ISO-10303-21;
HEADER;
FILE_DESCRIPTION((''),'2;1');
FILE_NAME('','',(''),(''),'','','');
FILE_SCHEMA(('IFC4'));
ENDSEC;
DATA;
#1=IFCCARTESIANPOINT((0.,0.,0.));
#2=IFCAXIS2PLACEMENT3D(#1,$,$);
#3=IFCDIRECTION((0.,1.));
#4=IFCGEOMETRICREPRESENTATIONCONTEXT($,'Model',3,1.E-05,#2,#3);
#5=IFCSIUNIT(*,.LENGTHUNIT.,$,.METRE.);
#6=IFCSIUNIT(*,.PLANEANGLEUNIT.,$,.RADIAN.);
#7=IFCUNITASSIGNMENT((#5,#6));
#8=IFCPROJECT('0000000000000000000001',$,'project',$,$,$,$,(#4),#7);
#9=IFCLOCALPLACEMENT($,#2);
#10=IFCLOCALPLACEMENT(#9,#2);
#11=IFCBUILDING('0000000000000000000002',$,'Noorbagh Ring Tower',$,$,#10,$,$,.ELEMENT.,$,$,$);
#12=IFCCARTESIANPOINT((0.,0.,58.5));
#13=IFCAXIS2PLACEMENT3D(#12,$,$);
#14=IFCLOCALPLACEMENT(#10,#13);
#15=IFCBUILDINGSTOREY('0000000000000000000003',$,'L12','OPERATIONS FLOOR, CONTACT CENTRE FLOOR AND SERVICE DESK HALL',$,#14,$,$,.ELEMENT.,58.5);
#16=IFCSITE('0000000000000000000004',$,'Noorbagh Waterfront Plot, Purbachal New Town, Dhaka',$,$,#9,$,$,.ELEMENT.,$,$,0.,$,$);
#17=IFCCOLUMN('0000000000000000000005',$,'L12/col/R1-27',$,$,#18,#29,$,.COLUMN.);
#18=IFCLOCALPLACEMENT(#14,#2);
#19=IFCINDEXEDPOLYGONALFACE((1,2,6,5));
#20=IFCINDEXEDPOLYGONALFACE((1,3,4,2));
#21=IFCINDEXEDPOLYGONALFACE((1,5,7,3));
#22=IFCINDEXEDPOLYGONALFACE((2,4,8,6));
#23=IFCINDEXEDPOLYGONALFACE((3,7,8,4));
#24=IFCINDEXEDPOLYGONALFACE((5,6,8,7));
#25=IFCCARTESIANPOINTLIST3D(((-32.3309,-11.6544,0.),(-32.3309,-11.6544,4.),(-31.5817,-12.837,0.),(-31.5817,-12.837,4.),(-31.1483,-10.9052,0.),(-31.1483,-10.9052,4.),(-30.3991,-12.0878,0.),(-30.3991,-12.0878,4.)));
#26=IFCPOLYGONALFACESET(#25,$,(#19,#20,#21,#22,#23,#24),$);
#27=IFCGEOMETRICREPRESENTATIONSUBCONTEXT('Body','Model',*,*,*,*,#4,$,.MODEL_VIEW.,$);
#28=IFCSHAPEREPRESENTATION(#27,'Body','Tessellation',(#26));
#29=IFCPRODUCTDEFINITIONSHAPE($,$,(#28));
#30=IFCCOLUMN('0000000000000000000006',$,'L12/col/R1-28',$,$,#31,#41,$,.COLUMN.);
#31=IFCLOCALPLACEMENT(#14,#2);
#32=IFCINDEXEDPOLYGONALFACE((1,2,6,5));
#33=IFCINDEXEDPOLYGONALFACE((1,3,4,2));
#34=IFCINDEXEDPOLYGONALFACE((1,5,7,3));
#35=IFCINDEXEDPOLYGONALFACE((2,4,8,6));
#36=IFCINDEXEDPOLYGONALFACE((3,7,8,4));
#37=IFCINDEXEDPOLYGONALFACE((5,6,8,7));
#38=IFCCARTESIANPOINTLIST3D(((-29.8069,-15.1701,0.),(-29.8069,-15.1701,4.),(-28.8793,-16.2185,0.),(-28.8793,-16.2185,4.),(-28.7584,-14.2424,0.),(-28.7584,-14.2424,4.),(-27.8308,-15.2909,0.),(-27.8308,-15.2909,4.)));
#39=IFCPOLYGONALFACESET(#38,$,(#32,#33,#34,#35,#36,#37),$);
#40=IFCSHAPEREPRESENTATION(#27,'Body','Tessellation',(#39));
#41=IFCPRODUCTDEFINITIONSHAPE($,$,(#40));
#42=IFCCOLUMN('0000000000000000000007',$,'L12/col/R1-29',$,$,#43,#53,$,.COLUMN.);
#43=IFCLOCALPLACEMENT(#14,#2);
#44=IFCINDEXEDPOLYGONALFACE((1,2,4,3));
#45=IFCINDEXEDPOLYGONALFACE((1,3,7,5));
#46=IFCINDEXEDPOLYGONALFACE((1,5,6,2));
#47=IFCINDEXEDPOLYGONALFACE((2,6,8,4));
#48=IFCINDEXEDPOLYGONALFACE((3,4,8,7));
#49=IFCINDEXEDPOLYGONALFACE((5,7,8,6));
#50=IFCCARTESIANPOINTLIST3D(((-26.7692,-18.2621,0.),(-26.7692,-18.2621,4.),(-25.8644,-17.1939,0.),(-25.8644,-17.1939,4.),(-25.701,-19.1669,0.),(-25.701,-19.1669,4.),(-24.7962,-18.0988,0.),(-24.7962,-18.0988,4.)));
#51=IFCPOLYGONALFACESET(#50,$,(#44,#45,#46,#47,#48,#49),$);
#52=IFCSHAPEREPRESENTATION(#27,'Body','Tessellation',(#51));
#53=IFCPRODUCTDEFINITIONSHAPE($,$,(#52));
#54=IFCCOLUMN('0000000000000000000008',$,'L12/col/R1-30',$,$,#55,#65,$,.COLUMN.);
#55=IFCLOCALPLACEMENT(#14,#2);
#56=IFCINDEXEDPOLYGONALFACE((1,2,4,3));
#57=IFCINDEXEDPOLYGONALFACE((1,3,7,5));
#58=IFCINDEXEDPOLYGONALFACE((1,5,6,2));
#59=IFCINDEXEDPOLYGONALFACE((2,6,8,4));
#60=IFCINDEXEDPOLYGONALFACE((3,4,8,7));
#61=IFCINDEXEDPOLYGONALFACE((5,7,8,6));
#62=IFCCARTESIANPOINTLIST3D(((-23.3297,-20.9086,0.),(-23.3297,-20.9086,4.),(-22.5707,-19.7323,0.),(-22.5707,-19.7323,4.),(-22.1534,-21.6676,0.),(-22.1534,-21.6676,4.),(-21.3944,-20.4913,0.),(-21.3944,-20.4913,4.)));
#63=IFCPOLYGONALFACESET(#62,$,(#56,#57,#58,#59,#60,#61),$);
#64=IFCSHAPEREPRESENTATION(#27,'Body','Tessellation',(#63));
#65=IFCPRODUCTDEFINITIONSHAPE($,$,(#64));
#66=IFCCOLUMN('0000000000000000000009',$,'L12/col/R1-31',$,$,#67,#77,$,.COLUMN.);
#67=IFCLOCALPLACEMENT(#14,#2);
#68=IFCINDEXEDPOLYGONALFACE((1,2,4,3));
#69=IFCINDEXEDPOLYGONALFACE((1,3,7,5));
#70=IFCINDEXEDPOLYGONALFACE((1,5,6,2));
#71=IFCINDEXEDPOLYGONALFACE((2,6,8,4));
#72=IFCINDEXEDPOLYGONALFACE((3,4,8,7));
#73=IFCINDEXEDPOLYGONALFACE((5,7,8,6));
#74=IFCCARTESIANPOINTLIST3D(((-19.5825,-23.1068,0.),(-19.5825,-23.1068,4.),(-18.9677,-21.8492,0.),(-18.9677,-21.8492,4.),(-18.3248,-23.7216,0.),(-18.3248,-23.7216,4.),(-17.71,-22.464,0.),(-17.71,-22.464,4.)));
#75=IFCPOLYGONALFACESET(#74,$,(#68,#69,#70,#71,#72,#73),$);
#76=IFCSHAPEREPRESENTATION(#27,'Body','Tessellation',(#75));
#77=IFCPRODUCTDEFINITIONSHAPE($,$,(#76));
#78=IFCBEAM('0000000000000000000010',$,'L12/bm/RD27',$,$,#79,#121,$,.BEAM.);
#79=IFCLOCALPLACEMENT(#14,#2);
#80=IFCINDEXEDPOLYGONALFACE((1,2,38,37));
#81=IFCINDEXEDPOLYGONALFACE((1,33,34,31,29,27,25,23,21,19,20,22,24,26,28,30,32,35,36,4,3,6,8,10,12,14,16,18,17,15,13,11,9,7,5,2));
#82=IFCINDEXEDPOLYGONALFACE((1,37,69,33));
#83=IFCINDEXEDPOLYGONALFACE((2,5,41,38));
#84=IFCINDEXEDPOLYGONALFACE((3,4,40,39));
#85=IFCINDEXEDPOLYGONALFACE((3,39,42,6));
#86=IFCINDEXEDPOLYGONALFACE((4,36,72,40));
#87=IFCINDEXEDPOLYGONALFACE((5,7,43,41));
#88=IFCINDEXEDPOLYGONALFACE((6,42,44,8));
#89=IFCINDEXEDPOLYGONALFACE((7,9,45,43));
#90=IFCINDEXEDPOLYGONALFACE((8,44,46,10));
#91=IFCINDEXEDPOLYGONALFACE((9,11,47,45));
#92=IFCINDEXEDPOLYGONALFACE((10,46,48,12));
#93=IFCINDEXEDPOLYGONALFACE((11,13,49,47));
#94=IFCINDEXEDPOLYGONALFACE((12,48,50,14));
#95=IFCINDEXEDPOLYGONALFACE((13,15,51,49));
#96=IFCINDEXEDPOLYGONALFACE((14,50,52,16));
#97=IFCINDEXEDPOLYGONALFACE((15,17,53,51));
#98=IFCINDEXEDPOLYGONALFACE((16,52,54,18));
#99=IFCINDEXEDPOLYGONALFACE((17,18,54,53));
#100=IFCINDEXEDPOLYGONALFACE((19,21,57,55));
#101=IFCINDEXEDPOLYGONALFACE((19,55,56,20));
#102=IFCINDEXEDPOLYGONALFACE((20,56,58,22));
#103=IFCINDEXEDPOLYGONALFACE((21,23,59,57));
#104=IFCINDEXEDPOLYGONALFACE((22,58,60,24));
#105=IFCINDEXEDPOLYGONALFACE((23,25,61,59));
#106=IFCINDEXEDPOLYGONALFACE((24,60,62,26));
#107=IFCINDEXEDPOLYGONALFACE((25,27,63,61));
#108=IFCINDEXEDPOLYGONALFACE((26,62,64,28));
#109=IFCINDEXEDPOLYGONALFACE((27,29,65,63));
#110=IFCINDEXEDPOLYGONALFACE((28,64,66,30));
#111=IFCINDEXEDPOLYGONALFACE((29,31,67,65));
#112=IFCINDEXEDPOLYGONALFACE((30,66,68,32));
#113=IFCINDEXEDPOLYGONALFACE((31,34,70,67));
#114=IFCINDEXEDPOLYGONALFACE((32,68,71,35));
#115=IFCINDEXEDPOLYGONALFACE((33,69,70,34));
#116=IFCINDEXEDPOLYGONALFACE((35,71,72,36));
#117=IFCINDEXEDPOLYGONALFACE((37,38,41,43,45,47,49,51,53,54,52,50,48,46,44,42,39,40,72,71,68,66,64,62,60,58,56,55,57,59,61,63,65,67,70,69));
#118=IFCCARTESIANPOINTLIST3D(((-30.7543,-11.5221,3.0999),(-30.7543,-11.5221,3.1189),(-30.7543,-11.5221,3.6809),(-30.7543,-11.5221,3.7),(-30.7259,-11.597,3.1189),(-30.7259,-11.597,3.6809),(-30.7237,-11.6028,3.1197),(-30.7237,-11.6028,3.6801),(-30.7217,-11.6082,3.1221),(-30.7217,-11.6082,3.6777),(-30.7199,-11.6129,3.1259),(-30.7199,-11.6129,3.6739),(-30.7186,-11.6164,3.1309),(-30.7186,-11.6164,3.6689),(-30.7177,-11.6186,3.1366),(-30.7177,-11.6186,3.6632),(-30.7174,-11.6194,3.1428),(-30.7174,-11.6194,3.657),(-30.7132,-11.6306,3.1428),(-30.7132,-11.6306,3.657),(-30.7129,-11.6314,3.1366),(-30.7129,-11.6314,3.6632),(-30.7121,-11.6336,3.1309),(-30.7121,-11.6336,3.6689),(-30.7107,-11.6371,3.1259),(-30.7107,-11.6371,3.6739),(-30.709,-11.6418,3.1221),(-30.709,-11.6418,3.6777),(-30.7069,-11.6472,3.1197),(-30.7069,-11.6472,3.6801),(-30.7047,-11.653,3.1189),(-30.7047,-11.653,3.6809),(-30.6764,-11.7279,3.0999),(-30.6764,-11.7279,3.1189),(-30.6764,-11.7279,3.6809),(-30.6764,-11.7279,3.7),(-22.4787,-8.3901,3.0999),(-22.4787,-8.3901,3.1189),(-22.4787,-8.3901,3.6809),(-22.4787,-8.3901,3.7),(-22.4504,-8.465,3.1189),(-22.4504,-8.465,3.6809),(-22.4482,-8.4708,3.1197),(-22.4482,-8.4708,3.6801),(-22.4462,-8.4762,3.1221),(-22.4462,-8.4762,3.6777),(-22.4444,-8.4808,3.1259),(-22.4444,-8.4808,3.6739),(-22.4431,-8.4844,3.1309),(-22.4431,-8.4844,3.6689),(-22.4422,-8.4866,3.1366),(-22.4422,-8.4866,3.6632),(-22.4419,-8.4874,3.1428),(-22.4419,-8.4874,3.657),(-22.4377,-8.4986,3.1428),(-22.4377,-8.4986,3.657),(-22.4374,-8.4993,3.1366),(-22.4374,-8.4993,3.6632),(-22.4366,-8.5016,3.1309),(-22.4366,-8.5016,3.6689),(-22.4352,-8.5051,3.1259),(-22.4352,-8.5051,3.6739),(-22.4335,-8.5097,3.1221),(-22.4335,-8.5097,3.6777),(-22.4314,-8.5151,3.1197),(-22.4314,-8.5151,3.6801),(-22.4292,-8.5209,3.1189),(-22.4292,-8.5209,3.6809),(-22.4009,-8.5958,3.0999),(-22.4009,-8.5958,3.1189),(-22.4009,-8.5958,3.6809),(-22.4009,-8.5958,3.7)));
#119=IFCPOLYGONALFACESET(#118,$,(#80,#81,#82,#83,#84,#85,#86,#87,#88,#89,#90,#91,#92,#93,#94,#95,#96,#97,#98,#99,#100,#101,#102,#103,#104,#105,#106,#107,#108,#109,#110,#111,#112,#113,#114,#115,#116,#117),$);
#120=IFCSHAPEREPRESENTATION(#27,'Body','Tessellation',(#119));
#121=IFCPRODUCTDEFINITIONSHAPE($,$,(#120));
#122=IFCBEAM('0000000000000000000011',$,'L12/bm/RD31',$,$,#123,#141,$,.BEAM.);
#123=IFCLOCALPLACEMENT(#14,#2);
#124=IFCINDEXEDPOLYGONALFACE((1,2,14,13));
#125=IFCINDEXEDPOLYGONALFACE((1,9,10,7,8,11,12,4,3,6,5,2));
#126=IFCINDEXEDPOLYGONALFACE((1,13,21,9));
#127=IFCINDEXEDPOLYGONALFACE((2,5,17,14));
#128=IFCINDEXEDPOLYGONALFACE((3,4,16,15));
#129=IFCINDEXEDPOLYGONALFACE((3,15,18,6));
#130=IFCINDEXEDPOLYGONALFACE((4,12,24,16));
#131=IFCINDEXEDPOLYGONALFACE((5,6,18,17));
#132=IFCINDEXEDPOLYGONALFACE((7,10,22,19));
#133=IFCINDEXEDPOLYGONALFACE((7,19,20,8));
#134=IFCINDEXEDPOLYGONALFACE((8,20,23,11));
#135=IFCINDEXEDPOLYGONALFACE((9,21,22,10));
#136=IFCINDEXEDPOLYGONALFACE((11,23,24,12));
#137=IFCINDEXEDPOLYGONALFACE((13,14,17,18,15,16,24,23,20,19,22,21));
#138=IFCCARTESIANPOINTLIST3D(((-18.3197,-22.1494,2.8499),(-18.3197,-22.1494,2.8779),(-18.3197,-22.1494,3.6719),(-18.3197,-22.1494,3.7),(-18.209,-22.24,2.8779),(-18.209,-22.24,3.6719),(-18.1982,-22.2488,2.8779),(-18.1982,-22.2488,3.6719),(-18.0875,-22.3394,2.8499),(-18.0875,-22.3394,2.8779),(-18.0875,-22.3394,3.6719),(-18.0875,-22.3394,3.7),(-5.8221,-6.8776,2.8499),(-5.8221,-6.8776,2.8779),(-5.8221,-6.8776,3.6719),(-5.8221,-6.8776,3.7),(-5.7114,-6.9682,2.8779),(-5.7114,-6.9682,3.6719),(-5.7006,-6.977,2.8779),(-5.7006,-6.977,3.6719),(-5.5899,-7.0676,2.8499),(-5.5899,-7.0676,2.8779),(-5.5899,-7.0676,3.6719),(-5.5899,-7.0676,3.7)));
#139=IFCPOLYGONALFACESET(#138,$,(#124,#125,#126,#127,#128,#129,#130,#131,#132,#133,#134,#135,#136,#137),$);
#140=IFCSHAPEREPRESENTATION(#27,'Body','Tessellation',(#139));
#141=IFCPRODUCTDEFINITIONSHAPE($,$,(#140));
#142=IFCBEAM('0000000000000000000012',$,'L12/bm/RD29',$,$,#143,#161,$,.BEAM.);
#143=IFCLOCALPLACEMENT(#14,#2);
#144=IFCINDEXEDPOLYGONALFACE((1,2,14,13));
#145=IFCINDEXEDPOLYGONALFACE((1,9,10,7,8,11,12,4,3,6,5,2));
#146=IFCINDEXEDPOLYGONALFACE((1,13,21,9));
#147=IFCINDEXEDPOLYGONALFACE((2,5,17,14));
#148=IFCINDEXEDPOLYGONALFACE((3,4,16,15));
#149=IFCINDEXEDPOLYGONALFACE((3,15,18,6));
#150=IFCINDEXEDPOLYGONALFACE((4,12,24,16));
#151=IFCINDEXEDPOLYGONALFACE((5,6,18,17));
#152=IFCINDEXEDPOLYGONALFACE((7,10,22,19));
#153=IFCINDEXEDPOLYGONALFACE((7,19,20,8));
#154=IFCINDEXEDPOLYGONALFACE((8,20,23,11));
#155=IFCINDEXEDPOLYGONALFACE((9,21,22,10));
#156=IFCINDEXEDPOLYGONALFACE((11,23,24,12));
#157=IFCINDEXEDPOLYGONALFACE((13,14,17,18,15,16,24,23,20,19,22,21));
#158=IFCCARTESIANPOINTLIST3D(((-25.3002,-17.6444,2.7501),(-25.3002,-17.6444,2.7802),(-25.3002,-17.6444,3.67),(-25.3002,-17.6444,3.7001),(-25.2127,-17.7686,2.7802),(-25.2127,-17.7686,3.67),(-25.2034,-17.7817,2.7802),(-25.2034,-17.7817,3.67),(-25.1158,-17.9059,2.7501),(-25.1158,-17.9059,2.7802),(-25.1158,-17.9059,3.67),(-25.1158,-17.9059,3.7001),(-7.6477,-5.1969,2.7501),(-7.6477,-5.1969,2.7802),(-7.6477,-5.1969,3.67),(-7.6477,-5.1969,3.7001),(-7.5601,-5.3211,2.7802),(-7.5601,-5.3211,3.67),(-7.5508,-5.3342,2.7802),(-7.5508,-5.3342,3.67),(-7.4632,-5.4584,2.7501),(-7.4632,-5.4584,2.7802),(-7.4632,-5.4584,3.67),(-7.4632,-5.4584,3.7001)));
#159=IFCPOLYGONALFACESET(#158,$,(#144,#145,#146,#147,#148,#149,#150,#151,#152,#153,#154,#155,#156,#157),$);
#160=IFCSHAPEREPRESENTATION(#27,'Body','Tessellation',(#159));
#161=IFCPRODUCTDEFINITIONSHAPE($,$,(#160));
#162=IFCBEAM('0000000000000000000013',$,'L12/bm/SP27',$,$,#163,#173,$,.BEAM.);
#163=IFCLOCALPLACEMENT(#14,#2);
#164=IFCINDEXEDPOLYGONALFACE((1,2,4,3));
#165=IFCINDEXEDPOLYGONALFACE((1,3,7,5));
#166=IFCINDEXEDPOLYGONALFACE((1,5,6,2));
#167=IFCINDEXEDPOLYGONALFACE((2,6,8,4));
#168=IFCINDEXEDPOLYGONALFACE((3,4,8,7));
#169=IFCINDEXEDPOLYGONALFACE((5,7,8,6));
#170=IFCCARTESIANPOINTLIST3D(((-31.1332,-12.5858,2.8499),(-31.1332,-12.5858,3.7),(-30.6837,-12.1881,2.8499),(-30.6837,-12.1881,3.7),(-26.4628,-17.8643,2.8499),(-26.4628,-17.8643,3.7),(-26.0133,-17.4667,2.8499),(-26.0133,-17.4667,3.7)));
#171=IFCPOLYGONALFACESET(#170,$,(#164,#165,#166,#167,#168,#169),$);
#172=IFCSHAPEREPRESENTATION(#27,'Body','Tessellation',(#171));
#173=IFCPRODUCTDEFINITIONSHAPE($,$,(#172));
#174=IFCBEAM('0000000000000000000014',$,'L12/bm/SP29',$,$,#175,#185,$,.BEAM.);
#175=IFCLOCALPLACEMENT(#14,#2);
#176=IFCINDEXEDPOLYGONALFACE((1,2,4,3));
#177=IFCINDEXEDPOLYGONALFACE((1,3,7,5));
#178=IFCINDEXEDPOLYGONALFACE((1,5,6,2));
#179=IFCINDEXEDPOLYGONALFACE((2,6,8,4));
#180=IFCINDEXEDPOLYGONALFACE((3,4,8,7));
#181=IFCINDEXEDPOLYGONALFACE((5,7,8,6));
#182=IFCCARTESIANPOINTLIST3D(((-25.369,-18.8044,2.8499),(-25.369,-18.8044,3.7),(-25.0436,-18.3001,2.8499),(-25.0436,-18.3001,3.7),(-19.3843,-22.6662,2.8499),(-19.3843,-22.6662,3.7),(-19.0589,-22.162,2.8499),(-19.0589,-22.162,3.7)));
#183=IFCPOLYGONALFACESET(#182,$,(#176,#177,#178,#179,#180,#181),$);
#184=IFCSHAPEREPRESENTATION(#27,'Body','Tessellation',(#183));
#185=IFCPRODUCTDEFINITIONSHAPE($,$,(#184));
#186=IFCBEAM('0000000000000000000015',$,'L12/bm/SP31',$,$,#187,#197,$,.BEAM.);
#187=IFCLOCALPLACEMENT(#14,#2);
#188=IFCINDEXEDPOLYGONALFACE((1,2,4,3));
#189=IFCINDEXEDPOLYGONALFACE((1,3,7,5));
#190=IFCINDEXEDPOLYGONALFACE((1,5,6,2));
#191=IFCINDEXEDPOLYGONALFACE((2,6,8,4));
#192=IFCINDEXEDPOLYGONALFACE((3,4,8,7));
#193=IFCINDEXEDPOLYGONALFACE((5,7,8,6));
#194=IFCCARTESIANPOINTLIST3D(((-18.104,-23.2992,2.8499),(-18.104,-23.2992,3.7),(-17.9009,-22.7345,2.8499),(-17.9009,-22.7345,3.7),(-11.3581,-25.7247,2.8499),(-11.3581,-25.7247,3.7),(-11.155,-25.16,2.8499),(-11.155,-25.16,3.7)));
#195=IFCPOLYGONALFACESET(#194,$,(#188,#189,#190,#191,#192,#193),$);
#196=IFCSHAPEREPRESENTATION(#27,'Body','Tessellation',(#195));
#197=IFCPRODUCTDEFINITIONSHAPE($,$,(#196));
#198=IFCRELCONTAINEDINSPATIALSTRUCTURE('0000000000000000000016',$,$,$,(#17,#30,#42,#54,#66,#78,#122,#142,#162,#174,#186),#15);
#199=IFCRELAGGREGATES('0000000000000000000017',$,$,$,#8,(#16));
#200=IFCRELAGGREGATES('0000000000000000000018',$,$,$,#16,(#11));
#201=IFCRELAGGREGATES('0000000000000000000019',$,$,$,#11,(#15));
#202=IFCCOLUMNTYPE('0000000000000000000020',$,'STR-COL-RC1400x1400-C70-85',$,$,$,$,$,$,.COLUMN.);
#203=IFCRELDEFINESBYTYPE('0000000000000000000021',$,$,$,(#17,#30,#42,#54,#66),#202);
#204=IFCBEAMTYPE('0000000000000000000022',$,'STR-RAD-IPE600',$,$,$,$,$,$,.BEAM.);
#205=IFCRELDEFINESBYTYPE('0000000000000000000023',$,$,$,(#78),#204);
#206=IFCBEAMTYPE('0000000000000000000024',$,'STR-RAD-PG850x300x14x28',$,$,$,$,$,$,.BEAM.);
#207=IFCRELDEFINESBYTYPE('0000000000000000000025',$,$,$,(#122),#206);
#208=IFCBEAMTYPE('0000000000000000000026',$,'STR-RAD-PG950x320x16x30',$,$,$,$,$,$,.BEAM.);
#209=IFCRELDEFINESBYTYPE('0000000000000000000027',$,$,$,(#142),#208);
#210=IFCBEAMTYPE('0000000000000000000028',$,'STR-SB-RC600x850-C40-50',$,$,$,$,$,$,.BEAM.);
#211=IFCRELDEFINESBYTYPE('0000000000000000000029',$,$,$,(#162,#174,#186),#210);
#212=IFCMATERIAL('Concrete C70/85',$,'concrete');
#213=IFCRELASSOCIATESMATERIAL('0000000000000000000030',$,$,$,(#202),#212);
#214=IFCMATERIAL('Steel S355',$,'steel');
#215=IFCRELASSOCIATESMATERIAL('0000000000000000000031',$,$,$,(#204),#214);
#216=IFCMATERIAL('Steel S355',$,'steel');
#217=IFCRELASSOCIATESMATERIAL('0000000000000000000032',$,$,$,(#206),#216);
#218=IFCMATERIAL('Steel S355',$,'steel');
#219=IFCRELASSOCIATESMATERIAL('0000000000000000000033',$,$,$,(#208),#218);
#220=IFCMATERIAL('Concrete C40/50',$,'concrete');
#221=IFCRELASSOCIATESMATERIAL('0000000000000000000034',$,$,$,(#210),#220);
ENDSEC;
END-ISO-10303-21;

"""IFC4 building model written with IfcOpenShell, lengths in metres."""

from ifc_helpers import new_model, si_unit, direction, frame, origin, origin_2d, place, context, subcontext, project, spatial, rectangle, i_section, extrude, material, material_profile, profile_set, type_object, element, save


model = new_model("IFC4")

# Units and contexts
model_context = context("Model", 3, precision=1e-05, world=origin(), true_north=direction((0.0, 1.0)))
body_context = subcontext(model_context, "Body", "Model", "MODEL_VIEW")
ifc_project = project(units=[si_unit("LENGTHUNIT", "METRE"), si_unit("PLANEANGLEUNIT", "RADIAN")], contexts=[model_context])

# Site, building, storey
site_placement = place(None, origin())
site = spatial("IfcSite", under=ifc_project, at=site_placement, Name="Noorbagh Waterfront Plot, Purbachal New Town, Dhaka", CompositionType="ELEMENT", RefElevation=0.0)
building_placement = place(site_placement, origin())
building = spatial("IfcBuilding", under=site, at=building_placement, Name="Noorbagh Ring Tower", CompositionType="ELEMENT")
storey_placement = place(building_placement, frame((0.0, 0.0, 58.5)))
storey = spatial("IfcBuildingStorey", under=building, at=storey_placement, Name="L12", Description="OPERATIONS FLOOR, CONTACT CENTRE FLOOR AND SERVICE DESK HALL", CompositionType="ELEMENT", Elevation=58.5)

# Columns
ifc_material_1 = material(Name="Concrete C70/85", Category="concrete")
ifc_material_profile_1 = material_profile(ifc_material_1, rectangle(XDim=1.3999, YDim=1.3999, at=origin_2d()), Name="RC1400x1400")
ifc_profile_set_1 = profile_set([ifc_material_profile_1], Name="Concrete C70/85")
column_type = type_object("IfcColumnType", Name="STR-COL-RC1400x1400-C70-85", PredefinedType="COLUMN", material=ifc_profile_set_1)
for number, where, z_axis, x_axis, name in (
    (1, (-31.365, -11.8711, 0.0), (0.0, 0.0, 1.0), (0.53519, -0.844731, 0.0), "L12/col/R1-27"),
    (2, (-28.8188, -15.2305, 0.0), (0.0, 0.0, 1.0), (0.662636, -0.748942, 0.0), "L12/col/R1-28"),
    (3, (-25.7827, -18.1804, 0.0), (0.0, 0.0, 1.0), (0.763035, -0.646357, 0.0), "L12/col/R1-29"),
    (4, (-22.3621, -20.7, 0.0), (0.0, 0.0, 1.0), (0.840248, -0.542203, 0.0), "L12/col/R1-30"),
    (5, (-18.6462, -22.7854, 0.0), (0.0, 0.0, 1.0), (0.898399, -0.43918, 0.0), "L12/col/R1-31"),
):
    element("IfcColumn", number, at=place(storey_placement, frame(where, z_axis=z_axis, x_axis=x_axis)), inside=storey, type_object=column_type, Name=name, PredefinedType="COLUMN", context=body_context, shape_type="SweptSolid", body=[
        extrude(rectangle(XDim=1.3999, YDim=1.3999, at=origin_2d()), origin(), (0.0, 0.0, 1.0), 4.0),
    ])

# Beams
ifc_material_2 = material(Name="Steel S355", Category="steel")
ifc_material_profile_2 = material_profile(ifc_material_2, i_section(OverallWidth=0.22, OverallDepth=0.6001, WebThickness=0.012, FlangeThickness=0.019, FilletRadius=0.0239, at=origin_2d()), Name="IPE600")
ifc_profile_set_2 = profile_set([ifc_material_profile_2], Name="Steel S355")
beam_type_1 = type_object("IfcBeamType", Name="STR-RAD-IPE600", PredefinedType="BEAM", material=ifc_profile_set_2)
beam_1_placement = place(storey_placement, frame((-30.7153, -11.625, 3.3999), z_axis=(0.935258, 0.353967, 0.0), x_axis=(-0.353967, 0.935258, 0.0)))
element("IfcBeam", 6, at=beam_1_placement, inside=storey, type_object=beam_type_1, Name="L12/bm/RD27", PredefinedType="BEAM", context=body_context, shape_type="SweptSolid", body=[
    extrude(i_section(OverallWidth=0.22, OverallDepth=0.6001, WebThickness=0.012, FlangeThickness=0.019, FilletRadius=0.0239, at=origin_2d()), origin(), (0.0, 0.0, 1.0), 8.8484),
])
ifc_material_3 = material(Name="Steel S355", Category="steel")
ifc_material_profile_3 = material_profile(ifc_material_3, i_section(OverallWidth=0.3, OverallDepth=0.8501, WebThickness=0.0139, FlangeThickness=0.0281, at=origin_2d()), Name="PG850x300x14x28")
ifc_profile_set_3 = profile_set([ifc_material_profile_3], Name="Steel S355")
beam_type_2 = type_object("IfcBeamType", Name="STR-RAD-PG850x300x14x28", PredefinedType="BEAM", material=ifc_profile_set_3)
beam_2_placement = place(storey_placement, frame((-18.2036, -22.2444, 3.2749), z_axis=(0.633314, 0.773895, 0.0), x_axis=(-0.773895, 0.633314, 0.0)))
element("IfcBeam", 7, at=beam_2_placement, inside=storey, type_object=beam_type_2, Name="L12/bm/RD31", PredefinedType="BEAM", context=body_context, shape_type="SweptSolid", body=[
    extrude(i_section(OverallWidth=0.3, OverallDepth=0.8501, WebThickness=0.0139, FlangeThickness=0.0281, at=origin_2d()), origin(), (0.0, 0.0, 1.0), 19.7336),
])
ifc_material_4 = material(Name="Steel S355", Category="steel")
ifc_material_profile_4 = material_profile(ifc_material_4, i_section(OverallWidth=0.3201, OverallDepth=0.95, WebThickness=0.0161, FlangeThickness=0.03, at=origin_2d()), Name="PG950x320x16x30")
ifc_profile_set_4 = profile_set([ifc_material_profile_4], Name="Steel S355")
beam_type_3 = type_object("IfcBeamType", Name="STR-RAD-PG950x320x16x30", PredefinedType="BEAM", material=ifc_profile_set_4)
beam_3_placement = place(storey_placement, frame((-25.208, -17.7751, 3.2251), z_axis=(0.817254, 0.576277, 0.0), x_axis=(-0.576277, 0.817254, 0.0)))
element("IfcBeam", 8, at=beam_3_placement, inside=storey, type_object=beam_type_3, Name="L12/bm/RD29", PredefinedType="BEAM", context=body_context, shape_type="SweptSolid", body=[
    extrude(i_section(OverallWidth=0.3201, OverallDepth=0.95, WebThickness=0.0161, FlangeThickness=0.03, at=origin_2d()), origin(), (0.0, 0.0, 1.0), 21.5999),
])
ifc_material_5 = material(Name="Concrete C40/50", Category="concrete")
ifc_material_profile_5 = material_profile(ifc_material_5, rectangle(XDim=0.6001, YDim=0.8501, at=origin_2d()), Name="RC600x850")
ifc_profile_set_5 = profile_set([ifc_material_profile_5], Name="Concrete C40/50")
beam_type_4 = type_object("IfcBeamType", Name="STR-SB-RC600x850-C40-50", PredefinedType="BEAM", material=ifc_profile_set_5)
beam_4_placement = place(storey_placement, frame((-30.9084, -12.387, 3.2749), z_axis=(0.662646, -0.748932, 0.0), x_axis=(0.748932, 0.662646, 0.0)))
element("IfcBeam", 9, at=beam_4_placement, inside=storey, type_object=beam_type_4, Name="L12/bm/SP27", PredefinedType="BEAM", context=body_context, shape_type="SweptSolid", body=[
    extrude(rectangle(XDim=0.6001, YDim=0.8501, at=origin_2d()), origin(), (0.0, 0.0, 1.0), 7.0481),
])
beam_5_placement = place(storey_placement, frame((-25.2063, -18.5522, 3.2749), z_axis=(0.840247, -0.542203, 0.0), x_axis=(0.542203, 0.840247, 0.0)))
element("IfcBeam", 10, at=beam_5_placement, inside=storey, type_object=beam_type_4, Name="L12/bm/SP29", PredefinedType="BEAM", context=body_context, shape_type="SweptSolid", body=[
    extrude(rectangle(XDim=0.6001, YDim=0.8501, at=origin_2d()), origin(), (0.0, 0.0, 1.0), 7.1226),
])
beam_6_placement = place(storey_placement, frame((-18.0024, -23.0168, 3.2749), z_axis=(0.941019, -0.338353, 0.0), x_axis=(0.338353, 0.941019, 0.0)))
element("IfcBeam", 11, at=beam_6_placement, inside=storey, type_object=beam_type_4, Name="L12/bm/SP31", PredefinedType="BEAM", context=body_context, shape_type="SweptSolid", body=[
    extrude(rectangle(XDim=0.6001, YDim=0.8501, at=origin_2d()), origin(), (0.0, 0.0, 1.0), 7.1687),
])

save(model, "model.ifc")
